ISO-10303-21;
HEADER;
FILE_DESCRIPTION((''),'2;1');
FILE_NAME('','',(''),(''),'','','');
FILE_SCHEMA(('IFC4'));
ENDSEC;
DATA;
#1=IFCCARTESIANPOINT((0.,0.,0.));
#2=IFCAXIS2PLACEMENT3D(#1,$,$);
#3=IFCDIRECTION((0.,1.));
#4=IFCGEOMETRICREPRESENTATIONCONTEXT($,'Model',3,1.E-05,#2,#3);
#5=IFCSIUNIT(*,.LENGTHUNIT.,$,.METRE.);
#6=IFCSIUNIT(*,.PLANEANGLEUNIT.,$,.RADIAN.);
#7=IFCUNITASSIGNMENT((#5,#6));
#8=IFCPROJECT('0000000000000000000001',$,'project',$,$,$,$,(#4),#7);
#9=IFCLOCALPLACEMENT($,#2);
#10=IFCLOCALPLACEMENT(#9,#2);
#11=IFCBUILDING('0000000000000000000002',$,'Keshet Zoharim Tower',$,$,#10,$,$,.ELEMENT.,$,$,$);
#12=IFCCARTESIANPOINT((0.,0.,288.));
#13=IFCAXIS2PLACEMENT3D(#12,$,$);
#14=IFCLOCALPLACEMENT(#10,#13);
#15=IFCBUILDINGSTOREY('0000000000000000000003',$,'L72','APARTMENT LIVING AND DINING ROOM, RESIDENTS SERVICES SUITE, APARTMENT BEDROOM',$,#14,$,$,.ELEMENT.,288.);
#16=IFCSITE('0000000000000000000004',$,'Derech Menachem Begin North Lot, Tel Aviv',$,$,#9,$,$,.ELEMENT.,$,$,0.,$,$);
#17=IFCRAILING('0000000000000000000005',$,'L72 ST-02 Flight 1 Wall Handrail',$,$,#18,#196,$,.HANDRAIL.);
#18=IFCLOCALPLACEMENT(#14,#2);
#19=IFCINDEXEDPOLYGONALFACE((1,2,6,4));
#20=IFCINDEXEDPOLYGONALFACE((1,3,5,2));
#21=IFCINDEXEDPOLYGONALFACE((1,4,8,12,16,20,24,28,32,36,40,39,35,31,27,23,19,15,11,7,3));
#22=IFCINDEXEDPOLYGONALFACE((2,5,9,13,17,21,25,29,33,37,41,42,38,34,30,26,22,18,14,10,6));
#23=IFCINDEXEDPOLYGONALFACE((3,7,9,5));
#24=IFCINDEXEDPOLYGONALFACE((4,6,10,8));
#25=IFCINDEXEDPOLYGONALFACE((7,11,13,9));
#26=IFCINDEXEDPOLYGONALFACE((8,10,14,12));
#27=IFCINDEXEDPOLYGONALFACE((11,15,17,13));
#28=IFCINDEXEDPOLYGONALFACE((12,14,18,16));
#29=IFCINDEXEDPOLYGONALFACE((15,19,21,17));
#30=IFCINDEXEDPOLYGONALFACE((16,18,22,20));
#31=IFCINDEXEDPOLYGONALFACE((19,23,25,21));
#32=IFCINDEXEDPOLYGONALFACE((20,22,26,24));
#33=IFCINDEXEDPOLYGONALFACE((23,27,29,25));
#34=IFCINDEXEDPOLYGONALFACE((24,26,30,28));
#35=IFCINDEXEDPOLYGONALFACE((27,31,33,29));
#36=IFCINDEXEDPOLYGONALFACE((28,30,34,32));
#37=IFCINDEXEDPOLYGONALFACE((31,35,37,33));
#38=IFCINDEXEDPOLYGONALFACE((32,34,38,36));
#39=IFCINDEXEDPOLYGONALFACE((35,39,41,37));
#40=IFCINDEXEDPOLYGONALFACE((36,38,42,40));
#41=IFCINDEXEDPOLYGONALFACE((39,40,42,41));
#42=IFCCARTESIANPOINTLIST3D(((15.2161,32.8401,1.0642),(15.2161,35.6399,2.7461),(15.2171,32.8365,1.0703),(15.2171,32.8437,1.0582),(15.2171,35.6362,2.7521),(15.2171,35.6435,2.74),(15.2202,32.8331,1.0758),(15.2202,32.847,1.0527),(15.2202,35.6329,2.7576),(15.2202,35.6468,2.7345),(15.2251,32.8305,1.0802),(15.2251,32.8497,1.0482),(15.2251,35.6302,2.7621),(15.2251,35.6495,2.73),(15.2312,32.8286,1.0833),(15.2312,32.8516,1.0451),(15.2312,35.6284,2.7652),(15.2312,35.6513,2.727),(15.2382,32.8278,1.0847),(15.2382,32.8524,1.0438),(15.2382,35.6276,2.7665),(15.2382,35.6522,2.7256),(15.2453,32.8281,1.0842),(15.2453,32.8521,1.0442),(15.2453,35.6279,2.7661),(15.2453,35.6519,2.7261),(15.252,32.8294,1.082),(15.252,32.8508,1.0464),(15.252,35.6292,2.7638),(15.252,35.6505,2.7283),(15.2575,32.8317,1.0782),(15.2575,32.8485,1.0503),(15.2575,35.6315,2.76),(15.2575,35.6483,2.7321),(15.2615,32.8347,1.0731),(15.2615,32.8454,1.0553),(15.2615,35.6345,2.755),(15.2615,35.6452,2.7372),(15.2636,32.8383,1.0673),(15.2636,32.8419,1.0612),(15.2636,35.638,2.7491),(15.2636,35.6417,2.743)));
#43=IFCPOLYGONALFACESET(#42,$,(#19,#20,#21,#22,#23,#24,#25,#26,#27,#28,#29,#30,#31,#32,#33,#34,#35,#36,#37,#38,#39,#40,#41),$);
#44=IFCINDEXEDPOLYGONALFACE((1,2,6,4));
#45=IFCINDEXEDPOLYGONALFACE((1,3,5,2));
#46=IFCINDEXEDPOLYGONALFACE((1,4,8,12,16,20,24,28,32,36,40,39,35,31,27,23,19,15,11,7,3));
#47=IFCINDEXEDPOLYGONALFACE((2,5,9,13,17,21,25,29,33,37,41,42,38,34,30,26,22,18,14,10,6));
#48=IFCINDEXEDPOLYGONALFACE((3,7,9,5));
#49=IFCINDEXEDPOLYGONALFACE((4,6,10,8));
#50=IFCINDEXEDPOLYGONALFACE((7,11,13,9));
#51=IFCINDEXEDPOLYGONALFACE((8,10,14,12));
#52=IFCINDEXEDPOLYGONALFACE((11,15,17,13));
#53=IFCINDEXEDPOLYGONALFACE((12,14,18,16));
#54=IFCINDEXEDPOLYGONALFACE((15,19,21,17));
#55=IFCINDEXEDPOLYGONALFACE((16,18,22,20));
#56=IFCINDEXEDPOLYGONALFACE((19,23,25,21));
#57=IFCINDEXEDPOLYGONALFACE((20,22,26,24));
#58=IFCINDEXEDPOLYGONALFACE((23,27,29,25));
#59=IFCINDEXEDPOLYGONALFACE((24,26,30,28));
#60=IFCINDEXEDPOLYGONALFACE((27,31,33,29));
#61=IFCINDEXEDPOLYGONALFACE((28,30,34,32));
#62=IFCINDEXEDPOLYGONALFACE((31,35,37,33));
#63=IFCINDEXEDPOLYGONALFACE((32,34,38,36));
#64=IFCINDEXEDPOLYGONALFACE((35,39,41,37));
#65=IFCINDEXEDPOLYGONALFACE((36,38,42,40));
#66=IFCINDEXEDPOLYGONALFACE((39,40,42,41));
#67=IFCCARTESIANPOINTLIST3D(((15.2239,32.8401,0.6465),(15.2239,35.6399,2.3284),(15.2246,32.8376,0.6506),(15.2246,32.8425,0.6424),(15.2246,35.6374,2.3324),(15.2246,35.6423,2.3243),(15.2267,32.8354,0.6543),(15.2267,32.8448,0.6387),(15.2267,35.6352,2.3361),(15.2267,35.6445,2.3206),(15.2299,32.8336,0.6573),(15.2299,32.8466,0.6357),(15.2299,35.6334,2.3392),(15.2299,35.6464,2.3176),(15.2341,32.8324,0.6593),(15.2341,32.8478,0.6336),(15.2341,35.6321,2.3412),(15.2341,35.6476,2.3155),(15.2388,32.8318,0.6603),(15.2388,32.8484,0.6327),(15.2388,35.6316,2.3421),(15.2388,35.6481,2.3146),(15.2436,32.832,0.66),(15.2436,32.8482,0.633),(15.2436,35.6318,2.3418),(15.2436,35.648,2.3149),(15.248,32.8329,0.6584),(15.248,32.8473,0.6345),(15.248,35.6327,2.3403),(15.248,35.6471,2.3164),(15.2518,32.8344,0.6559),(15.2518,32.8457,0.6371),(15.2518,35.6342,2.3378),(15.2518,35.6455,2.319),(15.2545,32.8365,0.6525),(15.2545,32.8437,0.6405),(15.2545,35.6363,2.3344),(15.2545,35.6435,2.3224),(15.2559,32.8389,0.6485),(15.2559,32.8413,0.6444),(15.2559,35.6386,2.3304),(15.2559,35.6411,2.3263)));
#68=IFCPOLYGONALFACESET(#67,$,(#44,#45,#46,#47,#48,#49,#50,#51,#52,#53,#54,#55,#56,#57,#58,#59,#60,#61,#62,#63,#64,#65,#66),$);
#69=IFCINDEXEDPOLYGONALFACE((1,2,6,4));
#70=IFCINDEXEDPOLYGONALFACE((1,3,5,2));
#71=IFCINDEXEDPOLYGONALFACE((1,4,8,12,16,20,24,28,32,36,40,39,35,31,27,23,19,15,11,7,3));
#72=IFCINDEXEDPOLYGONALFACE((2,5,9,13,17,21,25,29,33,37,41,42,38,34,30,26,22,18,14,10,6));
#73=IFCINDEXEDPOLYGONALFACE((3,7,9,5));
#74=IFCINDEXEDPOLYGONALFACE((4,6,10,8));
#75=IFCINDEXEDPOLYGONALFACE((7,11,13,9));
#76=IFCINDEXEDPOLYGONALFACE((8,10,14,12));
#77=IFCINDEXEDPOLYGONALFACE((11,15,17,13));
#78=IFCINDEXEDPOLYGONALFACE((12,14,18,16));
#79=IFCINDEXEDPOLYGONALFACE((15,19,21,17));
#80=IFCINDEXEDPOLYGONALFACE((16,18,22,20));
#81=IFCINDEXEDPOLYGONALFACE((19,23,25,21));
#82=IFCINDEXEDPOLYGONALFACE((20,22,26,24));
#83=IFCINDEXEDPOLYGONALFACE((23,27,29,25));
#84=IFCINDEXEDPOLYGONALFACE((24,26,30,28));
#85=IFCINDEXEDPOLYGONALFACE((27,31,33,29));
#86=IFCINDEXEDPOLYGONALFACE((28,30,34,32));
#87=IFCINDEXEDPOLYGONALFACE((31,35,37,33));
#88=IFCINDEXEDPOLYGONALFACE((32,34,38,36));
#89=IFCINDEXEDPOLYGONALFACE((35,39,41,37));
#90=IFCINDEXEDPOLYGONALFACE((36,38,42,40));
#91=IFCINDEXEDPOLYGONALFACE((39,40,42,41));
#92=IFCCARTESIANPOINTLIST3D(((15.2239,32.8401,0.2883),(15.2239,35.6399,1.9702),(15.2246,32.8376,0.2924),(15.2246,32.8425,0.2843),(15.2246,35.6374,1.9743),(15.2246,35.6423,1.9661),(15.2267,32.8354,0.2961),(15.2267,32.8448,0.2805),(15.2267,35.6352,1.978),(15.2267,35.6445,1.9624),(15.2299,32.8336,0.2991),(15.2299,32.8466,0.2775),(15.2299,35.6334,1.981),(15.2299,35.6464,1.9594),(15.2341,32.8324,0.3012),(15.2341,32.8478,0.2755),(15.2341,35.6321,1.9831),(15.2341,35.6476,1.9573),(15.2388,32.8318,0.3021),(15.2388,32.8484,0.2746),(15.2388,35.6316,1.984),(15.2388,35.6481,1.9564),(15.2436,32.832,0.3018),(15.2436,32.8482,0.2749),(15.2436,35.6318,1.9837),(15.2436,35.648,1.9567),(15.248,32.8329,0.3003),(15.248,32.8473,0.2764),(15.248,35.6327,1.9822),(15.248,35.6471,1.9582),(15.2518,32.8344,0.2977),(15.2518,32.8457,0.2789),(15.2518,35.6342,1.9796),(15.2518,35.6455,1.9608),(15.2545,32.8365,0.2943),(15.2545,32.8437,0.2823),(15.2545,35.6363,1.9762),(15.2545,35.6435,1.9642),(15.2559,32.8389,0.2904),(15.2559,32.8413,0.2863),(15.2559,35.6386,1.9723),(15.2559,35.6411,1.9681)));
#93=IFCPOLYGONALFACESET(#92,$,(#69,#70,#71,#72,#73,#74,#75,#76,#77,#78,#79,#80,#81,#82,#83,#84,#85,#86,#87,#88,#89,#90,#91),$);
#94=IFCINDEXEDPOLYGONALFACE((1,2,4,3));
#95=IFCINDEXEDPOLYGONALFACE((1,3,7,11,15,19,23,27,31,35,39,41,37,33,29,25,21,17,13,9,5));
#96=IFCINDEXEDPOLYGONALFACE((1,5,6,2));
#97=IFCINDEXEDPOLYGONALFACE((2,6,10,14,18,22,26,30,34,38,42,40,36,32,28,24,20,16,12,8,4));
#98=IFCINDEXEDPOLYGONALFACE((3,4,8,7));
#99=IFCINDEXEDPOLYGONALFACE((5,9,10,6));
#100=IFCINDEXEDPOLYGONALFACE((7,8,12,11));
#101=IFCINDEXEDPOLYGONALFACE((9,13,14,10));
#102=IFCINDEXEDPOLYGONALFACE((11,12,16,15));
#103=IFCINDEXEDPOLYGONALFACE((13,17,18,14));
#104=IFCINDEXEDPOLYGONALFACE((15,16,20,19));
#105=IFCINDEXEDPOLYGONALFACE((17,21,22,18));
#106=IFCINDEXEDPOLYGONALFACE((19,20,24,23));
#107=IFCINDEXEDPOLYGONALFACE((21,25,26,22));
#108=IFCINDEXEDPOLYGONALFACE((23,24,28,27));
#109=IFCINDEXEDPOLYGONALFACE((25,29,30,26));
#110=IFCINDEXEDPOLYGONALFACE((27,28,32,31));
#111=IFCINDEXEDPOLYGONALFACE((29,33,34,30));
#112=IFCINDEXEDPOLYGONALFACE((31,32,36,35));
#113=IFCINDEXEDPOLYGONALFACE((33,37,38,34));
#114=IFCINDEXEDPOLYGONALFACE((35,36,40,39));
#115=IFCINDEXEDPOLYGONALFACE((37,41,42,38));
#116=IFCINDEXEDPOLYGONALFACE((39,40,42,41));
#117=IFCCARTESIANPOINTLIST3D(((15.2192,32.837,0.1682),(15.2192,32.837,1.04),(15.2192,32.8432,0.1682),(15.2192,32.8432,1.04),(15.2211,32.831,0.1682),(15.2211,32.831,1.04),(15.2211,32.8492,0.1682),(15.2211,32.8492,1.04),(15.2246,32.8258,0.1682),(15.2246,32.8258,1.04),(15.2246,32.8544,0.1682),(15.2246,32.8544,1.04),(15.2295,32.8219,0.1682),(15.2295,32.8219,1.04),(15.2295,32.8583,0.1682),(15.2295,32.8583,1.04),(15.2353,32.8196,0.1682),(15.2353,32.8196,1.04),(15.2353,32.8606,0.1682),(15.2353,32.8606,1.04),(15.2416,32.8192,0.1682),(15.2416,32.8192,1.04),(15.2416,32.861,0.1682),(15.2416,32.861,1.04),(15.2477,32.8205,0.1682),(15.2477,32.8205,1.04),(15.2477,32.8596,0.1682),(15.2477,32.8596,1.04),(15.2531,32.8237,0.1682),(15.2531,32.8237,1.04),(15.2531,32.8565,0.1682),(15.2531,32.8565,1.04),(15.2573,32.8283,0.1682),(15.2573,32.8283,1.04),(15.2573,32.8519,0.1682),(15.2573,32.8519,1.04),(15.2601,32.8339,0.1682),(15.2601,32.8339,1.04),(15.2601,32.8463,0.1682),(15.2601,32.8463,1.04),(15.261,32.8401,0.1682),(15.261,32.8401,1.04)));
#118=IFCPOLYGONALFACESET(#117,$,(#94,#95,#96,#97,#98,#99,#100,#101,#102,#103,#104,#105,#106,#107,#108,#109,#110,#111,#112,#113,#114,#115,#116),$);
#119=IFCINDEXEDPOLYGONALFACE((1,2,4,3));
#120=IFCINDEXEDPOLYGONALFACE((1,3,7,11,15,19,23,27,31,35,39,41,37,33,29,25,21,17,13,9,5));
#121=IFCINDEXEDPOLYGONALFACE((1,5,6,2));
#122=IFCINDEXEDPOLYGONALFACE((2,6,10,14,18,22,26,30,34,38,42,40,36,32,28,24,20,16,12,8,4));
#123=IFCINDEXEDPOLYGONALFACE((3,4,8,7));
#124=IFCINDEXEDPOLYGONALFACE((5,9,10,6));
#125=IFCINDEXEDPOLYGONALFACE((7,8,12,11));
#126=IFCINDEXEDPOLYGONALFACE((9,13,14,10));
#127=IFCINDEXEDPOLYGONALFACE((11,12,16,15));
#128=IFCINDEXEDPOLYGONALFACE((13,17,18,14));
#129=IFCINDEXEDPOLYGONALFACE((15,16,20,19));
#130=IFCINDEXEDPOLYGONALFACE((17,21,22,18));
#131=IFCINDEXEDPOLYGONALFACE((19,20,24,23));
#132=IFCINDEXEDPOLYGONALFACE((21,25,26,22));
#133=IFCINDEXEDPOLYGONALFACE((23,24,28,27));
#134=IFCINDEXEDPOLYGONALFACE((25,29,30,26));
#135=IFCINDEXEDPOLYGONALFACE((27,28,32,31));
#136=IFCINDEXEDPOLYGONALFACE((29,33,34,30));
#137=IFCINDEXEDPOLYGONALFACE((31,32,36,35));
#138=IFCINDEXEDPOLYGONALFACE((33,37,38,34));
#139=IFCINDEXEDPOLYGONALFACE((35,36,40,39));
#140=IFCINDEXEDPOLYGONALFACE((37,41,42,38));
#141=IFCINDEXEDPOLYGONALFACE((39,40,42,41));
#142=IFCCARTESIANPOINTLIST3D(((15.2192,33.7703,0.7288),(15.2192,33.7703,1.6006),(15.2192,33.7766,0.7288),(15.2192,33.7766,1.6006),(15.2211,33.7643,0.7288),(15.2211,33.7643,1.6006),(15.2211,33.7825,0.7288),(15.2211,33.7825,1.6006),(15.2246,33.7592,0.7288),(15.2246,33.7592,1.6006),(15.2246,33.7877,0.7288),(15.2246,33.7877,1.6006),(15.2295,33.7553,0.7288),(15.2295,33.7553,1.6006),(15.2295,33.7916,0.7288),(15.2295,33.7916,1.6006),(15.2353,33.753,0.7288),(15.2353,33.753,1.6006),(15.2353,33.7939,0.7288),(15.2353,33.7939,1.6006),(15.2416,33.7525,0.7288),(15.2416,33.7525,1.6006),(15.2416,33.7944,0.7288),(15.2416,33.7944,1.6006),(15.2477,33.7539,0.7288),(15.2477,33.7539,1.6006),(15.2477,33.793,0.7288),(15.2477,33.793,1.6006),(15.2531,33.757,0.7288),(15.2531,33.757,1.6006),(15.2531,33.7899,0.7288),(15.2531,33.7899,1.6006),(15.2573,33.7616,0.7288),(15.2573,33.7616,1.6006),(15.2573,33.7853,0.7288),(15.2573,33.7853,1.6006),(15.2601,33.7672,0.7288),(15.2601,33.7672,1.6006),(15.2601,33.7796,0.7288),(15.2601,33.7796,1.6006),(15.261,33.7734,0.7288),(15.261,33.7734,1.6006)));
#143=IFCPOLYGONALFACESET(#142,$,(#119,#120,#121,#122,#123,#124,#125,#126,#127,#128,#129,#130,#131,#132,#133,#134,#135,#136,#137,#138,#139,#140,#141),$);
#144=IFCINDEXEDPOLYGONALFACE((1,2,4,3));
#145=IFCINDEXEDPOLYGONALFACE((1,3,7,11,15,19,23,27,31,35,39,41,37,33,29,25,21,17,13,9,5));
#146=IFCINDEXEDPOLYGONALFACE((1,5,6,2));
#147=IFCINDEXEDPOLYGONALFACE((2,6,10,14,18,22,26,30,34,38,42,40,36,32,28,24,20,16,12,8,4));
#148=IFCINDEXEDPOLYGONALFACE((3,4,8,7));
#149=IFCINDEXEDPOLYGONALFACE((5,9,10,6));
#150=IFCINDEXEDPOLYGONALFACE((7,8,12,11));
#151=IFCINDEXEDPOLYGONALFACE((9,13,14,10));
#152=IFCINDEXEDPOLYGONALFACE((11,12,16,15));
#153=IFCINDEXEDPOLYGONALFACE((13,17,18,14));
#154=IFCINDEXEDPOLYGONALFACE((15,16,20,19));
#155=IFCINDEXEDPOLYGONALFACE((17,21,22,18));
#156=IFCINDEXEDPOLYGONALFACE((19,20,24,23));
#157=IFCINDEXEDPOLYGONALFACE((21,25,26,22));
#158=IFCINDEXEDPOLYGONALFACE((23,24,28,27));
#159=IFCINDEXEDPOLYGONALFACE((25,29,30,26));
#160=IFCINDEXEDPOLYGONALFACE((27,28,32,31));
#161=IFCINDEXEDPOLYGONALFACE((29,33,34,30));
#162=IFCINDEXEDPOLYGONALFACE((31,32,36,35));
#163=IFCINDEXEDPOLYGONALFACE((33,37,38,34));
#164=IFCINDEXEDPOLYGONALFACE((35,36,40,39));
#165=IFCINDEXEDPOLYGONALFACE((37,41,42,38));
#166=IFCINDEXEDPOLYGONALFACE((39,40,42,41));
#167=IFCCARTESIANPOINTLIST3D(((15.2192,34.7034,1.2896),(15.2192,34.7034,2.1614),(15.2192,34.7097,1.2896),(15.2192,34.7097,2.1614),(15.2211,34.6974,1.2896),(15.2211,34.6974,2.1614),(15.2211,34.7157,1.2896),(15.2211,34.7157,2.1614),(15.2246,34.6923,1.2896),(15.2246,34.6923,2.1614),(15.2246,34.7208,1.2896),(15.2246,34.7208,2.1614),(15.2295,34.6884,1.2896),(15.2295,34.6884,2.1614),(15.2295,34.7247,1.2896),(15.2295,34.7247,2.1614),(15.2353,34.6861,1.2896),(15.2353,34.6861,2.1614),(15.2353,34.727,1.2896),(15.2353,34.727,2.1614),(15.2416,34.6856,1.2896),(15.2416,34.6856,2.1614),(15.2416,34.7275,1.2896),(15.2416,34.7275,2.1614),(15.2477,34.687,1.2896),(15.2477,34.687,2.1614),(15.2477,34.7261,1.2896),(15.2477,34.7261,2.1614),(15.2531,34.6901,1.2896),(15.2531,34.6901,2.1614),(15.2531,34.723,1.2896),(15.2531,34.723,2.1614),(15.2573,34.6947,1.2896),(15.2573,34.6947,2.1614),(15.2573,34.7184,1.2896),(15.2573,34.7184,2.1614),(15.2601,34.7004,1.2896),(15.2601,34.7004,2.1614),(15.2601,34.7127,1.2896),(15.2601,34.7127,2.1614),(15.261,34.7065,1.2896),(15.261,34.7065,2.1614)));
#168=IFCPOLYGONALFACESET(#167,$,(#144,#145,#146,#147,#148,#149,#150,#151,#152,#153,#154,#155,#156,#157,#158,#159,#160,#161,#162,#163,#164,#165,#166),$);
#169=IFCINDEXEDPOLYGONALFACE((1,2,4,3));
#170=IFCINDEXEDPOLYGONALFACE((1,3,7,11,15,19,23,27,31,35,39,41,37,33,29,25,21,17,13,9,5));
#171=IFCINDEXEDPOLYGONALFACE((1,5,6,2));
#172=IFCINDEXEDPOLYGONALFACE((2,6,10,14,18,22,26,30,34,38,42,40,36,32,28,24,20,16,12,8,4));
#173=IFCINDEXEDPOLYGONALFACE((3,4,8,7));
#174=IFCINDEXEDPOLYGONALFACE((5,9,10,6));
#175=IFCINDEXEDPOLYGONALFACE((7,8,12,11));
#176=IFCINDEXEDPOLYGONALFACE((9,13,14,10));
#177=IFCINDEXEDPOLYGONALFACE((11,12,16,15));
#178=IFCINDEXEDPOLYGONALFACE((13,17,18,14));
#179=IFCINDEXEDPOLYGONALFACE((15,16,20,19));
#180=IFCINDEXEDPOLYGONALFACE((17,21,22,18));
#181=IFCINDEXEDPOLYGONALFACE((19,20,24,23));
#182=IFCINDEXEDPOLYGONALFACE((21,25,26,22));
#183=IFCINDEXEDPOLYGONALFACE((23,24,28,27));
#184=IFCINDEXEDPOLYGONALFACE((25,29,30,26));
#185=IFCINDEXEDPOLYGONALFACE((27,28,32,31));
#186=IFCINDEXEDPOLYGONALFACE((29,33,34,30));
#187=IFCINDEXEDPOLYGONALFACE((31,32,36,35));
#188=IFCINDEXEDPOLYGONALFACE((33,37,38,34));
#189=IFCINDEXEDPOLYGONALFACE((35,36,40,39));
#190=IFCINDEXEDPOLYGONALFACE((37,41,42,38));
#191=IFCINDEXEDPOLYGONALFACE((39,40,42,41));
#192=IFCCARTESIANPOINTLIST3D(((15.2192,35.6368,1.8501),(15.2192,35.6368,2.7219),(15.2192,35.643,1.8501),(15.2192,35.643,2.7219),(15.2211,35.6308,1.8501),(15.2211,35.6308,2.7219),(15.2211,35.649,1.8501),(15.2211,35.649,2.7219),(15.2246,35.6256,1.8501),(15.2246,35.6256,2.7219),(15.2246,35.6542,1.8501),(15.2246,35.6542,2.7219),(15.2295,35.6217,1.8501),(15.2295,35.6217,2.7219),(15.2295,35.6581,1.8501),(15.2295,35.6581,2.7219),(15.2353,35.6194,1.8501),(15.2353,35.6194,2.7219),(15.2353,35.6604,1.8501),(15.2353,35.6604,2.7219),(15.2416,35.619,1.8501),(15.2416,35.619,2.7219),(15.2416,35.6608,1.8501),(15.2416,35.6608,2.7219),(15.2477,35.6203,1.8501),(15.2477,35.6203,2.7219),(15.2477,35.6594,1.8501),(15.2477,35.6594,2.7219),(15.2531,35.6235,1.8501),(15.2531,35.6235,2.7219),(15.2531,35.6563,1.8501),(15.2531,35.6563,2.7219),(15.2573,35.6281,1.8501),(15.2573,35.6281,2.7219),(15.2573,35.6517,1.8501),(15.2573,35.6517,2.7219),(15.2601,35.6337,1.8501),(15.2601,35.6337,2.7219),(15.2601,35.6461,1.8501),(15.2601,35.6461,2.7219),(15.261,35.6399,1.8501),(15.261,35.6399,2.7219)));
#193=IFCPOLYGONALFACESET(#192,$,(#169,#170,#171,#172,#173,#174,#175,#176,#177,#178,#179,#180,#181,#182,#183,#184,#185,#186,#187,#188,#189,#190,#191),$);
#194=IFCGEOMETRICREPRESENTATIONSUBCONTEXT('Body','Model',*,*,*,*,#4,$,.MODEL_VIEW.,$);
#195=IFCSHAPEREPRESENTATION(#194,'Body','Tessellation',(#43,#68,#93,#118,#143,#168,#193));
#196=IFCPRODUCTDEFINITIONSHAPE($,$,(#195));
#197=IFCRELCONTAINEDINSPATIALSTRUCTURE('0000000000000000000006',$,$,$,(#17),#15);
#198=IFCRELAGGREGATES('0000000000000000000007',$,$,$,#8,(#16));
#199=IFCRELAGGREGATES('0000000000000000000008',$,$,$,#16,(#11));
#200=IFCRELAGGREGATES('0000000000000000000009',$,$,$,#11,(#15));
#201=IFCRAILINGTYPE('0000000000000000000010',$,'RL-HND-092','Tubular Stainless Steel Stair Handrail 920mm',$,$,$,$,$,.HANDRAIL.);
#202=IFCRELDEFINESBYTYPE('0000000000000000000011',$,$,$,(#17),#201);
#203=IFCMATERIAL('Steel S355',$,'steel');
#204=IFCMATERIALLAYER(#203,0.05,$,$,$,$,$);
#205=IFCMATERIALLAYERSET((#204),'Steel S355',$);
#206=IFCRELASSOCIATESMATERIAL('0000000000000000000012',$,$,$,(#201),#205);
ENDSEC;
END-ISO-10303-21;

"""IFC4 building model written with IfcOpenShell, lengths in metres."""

from ifc_helpers import new_model, si_unit, direction, frame, origin, origin_2d, place, context, subcontext, project, spatial, circle, extrude, material, layer, layer_set, type_object, element, save


model = new_model("IFC4")

# Units and contexts
model_context = context("Model", 3, precision=1e-05, world=origin(), true_north=direction((0.0, 1.0)))
body_context = subcontext(model_context, "Body", "Model", "MODEL_VIEW")
ifc_project = project(units=[si_unit("LENGTHUNIT", "METRE"), si_unit("PLANEANGLEUNIT", "RADIAN")], contexts=[model_context])

# Site, building, storey
site_placement = place(None, origin())
site = spatial("IfcSite", under=ifc_project, at=site_placement, Name="Derech Menachem Begin North Lot, Tel Aviv", CompositionType="ELEMENT", RefElevation=0.0)
building_placement = place(site_placement, origin())
building = spatial("IfcBuilding", under=site, at=building_placement, Name="Keshet Zoharim Tower", CompositionType="ELEMENT")
storey_placement = place(building_placement, frame((0.0, 0.0, 288.0)))
storey = spatial("IfcBuildingStorey", under=building, at=storey_placement, Name="L72", Description="APARTMENT LIVING AND DINING ROOM, RESIDENTS SERVICES SUITE, APARTMENT BEDROOM", CompositionType="ELEMENT", Elevation=288.0)

# Shared definitions
ifc_material_1 = material(Name="Steel S355", Category="steel")

# Railing
ifc_layer_1 = layer(ifc_material_1, 0.05)
ifc_layer_set_1 = layer_set([ifc_layer_1], Name="Steel S355")
railing_type_1 = type_object("IfcRailingType", Name="RL-HND-092", Description="Tubular Stainless Steel Stair Handrail 920mm", PredefinedType="HANDRAIL", material=ifc_layer_set_1)
railing_1_placement = place(storey_placement, frame((15.24, 32.8401, 0.1682)))
element("IfcRailing", 1, at=railing_1_placement, inside=storey, type_object=railing_type_1, Name="L72 ST-02 Flight 1 Wall Handrail", PredefinedType="HANDRAIL", context=body_context, shape_type="SweptSolid", body=[
    extrude(circle(Radius=0.0239, at=origin_2d()), frame((0.0, 0.0, 0.896), z_axis=(0.0, 0.857222, 0.514946), x_axis=(-1.0, 0.0, 0.0)), (0.0, 0.0, 1.0), 3.2661),
    extrude(circle(Radius=0.0161, at=origin_2d()), frame((0.0, 0.0, 0.4783), z_axis=(0.0, 0.857222, 0.514946), x_axis=(-1.0, 0.0, 0.0)), (0.0, 0.0, 1.0), 3.2661),
    extrude(circle(Radius=0.0161, at=origin_2d()), frame((0.0, 0.0, 0.1201), z_axis=(0.0, 0.857222, 0.514946), x_axis=(-1.0, 0.0, 0.0)), (0.0, 0.0, 1.0), 3.2661),
    extrude(circle(Radius=0.021, at=origin_2d()), origin(), (0.0, 0.0, 1.0), 0.8718),
    extrude(circle(Radius=0.021, at=origin_2d()), frame((0.0, 0.9333, 0.5605)), (0.0, 0.0, 1.0), 0.8718),
    extrude(circle(Radius=0.021, at=origin_2d()), frame((0.0, 1.8665, 1.1213)), (0.0, 0.0, 1.0), 0.8718),
    extrude(circle(Radius=0.021, at=origin_2d()), frame((0.0, 2.7998, 1.6819)), (0.0, 0.0, 1.0), 0.8718),
])

save(model, "model.ifc")
